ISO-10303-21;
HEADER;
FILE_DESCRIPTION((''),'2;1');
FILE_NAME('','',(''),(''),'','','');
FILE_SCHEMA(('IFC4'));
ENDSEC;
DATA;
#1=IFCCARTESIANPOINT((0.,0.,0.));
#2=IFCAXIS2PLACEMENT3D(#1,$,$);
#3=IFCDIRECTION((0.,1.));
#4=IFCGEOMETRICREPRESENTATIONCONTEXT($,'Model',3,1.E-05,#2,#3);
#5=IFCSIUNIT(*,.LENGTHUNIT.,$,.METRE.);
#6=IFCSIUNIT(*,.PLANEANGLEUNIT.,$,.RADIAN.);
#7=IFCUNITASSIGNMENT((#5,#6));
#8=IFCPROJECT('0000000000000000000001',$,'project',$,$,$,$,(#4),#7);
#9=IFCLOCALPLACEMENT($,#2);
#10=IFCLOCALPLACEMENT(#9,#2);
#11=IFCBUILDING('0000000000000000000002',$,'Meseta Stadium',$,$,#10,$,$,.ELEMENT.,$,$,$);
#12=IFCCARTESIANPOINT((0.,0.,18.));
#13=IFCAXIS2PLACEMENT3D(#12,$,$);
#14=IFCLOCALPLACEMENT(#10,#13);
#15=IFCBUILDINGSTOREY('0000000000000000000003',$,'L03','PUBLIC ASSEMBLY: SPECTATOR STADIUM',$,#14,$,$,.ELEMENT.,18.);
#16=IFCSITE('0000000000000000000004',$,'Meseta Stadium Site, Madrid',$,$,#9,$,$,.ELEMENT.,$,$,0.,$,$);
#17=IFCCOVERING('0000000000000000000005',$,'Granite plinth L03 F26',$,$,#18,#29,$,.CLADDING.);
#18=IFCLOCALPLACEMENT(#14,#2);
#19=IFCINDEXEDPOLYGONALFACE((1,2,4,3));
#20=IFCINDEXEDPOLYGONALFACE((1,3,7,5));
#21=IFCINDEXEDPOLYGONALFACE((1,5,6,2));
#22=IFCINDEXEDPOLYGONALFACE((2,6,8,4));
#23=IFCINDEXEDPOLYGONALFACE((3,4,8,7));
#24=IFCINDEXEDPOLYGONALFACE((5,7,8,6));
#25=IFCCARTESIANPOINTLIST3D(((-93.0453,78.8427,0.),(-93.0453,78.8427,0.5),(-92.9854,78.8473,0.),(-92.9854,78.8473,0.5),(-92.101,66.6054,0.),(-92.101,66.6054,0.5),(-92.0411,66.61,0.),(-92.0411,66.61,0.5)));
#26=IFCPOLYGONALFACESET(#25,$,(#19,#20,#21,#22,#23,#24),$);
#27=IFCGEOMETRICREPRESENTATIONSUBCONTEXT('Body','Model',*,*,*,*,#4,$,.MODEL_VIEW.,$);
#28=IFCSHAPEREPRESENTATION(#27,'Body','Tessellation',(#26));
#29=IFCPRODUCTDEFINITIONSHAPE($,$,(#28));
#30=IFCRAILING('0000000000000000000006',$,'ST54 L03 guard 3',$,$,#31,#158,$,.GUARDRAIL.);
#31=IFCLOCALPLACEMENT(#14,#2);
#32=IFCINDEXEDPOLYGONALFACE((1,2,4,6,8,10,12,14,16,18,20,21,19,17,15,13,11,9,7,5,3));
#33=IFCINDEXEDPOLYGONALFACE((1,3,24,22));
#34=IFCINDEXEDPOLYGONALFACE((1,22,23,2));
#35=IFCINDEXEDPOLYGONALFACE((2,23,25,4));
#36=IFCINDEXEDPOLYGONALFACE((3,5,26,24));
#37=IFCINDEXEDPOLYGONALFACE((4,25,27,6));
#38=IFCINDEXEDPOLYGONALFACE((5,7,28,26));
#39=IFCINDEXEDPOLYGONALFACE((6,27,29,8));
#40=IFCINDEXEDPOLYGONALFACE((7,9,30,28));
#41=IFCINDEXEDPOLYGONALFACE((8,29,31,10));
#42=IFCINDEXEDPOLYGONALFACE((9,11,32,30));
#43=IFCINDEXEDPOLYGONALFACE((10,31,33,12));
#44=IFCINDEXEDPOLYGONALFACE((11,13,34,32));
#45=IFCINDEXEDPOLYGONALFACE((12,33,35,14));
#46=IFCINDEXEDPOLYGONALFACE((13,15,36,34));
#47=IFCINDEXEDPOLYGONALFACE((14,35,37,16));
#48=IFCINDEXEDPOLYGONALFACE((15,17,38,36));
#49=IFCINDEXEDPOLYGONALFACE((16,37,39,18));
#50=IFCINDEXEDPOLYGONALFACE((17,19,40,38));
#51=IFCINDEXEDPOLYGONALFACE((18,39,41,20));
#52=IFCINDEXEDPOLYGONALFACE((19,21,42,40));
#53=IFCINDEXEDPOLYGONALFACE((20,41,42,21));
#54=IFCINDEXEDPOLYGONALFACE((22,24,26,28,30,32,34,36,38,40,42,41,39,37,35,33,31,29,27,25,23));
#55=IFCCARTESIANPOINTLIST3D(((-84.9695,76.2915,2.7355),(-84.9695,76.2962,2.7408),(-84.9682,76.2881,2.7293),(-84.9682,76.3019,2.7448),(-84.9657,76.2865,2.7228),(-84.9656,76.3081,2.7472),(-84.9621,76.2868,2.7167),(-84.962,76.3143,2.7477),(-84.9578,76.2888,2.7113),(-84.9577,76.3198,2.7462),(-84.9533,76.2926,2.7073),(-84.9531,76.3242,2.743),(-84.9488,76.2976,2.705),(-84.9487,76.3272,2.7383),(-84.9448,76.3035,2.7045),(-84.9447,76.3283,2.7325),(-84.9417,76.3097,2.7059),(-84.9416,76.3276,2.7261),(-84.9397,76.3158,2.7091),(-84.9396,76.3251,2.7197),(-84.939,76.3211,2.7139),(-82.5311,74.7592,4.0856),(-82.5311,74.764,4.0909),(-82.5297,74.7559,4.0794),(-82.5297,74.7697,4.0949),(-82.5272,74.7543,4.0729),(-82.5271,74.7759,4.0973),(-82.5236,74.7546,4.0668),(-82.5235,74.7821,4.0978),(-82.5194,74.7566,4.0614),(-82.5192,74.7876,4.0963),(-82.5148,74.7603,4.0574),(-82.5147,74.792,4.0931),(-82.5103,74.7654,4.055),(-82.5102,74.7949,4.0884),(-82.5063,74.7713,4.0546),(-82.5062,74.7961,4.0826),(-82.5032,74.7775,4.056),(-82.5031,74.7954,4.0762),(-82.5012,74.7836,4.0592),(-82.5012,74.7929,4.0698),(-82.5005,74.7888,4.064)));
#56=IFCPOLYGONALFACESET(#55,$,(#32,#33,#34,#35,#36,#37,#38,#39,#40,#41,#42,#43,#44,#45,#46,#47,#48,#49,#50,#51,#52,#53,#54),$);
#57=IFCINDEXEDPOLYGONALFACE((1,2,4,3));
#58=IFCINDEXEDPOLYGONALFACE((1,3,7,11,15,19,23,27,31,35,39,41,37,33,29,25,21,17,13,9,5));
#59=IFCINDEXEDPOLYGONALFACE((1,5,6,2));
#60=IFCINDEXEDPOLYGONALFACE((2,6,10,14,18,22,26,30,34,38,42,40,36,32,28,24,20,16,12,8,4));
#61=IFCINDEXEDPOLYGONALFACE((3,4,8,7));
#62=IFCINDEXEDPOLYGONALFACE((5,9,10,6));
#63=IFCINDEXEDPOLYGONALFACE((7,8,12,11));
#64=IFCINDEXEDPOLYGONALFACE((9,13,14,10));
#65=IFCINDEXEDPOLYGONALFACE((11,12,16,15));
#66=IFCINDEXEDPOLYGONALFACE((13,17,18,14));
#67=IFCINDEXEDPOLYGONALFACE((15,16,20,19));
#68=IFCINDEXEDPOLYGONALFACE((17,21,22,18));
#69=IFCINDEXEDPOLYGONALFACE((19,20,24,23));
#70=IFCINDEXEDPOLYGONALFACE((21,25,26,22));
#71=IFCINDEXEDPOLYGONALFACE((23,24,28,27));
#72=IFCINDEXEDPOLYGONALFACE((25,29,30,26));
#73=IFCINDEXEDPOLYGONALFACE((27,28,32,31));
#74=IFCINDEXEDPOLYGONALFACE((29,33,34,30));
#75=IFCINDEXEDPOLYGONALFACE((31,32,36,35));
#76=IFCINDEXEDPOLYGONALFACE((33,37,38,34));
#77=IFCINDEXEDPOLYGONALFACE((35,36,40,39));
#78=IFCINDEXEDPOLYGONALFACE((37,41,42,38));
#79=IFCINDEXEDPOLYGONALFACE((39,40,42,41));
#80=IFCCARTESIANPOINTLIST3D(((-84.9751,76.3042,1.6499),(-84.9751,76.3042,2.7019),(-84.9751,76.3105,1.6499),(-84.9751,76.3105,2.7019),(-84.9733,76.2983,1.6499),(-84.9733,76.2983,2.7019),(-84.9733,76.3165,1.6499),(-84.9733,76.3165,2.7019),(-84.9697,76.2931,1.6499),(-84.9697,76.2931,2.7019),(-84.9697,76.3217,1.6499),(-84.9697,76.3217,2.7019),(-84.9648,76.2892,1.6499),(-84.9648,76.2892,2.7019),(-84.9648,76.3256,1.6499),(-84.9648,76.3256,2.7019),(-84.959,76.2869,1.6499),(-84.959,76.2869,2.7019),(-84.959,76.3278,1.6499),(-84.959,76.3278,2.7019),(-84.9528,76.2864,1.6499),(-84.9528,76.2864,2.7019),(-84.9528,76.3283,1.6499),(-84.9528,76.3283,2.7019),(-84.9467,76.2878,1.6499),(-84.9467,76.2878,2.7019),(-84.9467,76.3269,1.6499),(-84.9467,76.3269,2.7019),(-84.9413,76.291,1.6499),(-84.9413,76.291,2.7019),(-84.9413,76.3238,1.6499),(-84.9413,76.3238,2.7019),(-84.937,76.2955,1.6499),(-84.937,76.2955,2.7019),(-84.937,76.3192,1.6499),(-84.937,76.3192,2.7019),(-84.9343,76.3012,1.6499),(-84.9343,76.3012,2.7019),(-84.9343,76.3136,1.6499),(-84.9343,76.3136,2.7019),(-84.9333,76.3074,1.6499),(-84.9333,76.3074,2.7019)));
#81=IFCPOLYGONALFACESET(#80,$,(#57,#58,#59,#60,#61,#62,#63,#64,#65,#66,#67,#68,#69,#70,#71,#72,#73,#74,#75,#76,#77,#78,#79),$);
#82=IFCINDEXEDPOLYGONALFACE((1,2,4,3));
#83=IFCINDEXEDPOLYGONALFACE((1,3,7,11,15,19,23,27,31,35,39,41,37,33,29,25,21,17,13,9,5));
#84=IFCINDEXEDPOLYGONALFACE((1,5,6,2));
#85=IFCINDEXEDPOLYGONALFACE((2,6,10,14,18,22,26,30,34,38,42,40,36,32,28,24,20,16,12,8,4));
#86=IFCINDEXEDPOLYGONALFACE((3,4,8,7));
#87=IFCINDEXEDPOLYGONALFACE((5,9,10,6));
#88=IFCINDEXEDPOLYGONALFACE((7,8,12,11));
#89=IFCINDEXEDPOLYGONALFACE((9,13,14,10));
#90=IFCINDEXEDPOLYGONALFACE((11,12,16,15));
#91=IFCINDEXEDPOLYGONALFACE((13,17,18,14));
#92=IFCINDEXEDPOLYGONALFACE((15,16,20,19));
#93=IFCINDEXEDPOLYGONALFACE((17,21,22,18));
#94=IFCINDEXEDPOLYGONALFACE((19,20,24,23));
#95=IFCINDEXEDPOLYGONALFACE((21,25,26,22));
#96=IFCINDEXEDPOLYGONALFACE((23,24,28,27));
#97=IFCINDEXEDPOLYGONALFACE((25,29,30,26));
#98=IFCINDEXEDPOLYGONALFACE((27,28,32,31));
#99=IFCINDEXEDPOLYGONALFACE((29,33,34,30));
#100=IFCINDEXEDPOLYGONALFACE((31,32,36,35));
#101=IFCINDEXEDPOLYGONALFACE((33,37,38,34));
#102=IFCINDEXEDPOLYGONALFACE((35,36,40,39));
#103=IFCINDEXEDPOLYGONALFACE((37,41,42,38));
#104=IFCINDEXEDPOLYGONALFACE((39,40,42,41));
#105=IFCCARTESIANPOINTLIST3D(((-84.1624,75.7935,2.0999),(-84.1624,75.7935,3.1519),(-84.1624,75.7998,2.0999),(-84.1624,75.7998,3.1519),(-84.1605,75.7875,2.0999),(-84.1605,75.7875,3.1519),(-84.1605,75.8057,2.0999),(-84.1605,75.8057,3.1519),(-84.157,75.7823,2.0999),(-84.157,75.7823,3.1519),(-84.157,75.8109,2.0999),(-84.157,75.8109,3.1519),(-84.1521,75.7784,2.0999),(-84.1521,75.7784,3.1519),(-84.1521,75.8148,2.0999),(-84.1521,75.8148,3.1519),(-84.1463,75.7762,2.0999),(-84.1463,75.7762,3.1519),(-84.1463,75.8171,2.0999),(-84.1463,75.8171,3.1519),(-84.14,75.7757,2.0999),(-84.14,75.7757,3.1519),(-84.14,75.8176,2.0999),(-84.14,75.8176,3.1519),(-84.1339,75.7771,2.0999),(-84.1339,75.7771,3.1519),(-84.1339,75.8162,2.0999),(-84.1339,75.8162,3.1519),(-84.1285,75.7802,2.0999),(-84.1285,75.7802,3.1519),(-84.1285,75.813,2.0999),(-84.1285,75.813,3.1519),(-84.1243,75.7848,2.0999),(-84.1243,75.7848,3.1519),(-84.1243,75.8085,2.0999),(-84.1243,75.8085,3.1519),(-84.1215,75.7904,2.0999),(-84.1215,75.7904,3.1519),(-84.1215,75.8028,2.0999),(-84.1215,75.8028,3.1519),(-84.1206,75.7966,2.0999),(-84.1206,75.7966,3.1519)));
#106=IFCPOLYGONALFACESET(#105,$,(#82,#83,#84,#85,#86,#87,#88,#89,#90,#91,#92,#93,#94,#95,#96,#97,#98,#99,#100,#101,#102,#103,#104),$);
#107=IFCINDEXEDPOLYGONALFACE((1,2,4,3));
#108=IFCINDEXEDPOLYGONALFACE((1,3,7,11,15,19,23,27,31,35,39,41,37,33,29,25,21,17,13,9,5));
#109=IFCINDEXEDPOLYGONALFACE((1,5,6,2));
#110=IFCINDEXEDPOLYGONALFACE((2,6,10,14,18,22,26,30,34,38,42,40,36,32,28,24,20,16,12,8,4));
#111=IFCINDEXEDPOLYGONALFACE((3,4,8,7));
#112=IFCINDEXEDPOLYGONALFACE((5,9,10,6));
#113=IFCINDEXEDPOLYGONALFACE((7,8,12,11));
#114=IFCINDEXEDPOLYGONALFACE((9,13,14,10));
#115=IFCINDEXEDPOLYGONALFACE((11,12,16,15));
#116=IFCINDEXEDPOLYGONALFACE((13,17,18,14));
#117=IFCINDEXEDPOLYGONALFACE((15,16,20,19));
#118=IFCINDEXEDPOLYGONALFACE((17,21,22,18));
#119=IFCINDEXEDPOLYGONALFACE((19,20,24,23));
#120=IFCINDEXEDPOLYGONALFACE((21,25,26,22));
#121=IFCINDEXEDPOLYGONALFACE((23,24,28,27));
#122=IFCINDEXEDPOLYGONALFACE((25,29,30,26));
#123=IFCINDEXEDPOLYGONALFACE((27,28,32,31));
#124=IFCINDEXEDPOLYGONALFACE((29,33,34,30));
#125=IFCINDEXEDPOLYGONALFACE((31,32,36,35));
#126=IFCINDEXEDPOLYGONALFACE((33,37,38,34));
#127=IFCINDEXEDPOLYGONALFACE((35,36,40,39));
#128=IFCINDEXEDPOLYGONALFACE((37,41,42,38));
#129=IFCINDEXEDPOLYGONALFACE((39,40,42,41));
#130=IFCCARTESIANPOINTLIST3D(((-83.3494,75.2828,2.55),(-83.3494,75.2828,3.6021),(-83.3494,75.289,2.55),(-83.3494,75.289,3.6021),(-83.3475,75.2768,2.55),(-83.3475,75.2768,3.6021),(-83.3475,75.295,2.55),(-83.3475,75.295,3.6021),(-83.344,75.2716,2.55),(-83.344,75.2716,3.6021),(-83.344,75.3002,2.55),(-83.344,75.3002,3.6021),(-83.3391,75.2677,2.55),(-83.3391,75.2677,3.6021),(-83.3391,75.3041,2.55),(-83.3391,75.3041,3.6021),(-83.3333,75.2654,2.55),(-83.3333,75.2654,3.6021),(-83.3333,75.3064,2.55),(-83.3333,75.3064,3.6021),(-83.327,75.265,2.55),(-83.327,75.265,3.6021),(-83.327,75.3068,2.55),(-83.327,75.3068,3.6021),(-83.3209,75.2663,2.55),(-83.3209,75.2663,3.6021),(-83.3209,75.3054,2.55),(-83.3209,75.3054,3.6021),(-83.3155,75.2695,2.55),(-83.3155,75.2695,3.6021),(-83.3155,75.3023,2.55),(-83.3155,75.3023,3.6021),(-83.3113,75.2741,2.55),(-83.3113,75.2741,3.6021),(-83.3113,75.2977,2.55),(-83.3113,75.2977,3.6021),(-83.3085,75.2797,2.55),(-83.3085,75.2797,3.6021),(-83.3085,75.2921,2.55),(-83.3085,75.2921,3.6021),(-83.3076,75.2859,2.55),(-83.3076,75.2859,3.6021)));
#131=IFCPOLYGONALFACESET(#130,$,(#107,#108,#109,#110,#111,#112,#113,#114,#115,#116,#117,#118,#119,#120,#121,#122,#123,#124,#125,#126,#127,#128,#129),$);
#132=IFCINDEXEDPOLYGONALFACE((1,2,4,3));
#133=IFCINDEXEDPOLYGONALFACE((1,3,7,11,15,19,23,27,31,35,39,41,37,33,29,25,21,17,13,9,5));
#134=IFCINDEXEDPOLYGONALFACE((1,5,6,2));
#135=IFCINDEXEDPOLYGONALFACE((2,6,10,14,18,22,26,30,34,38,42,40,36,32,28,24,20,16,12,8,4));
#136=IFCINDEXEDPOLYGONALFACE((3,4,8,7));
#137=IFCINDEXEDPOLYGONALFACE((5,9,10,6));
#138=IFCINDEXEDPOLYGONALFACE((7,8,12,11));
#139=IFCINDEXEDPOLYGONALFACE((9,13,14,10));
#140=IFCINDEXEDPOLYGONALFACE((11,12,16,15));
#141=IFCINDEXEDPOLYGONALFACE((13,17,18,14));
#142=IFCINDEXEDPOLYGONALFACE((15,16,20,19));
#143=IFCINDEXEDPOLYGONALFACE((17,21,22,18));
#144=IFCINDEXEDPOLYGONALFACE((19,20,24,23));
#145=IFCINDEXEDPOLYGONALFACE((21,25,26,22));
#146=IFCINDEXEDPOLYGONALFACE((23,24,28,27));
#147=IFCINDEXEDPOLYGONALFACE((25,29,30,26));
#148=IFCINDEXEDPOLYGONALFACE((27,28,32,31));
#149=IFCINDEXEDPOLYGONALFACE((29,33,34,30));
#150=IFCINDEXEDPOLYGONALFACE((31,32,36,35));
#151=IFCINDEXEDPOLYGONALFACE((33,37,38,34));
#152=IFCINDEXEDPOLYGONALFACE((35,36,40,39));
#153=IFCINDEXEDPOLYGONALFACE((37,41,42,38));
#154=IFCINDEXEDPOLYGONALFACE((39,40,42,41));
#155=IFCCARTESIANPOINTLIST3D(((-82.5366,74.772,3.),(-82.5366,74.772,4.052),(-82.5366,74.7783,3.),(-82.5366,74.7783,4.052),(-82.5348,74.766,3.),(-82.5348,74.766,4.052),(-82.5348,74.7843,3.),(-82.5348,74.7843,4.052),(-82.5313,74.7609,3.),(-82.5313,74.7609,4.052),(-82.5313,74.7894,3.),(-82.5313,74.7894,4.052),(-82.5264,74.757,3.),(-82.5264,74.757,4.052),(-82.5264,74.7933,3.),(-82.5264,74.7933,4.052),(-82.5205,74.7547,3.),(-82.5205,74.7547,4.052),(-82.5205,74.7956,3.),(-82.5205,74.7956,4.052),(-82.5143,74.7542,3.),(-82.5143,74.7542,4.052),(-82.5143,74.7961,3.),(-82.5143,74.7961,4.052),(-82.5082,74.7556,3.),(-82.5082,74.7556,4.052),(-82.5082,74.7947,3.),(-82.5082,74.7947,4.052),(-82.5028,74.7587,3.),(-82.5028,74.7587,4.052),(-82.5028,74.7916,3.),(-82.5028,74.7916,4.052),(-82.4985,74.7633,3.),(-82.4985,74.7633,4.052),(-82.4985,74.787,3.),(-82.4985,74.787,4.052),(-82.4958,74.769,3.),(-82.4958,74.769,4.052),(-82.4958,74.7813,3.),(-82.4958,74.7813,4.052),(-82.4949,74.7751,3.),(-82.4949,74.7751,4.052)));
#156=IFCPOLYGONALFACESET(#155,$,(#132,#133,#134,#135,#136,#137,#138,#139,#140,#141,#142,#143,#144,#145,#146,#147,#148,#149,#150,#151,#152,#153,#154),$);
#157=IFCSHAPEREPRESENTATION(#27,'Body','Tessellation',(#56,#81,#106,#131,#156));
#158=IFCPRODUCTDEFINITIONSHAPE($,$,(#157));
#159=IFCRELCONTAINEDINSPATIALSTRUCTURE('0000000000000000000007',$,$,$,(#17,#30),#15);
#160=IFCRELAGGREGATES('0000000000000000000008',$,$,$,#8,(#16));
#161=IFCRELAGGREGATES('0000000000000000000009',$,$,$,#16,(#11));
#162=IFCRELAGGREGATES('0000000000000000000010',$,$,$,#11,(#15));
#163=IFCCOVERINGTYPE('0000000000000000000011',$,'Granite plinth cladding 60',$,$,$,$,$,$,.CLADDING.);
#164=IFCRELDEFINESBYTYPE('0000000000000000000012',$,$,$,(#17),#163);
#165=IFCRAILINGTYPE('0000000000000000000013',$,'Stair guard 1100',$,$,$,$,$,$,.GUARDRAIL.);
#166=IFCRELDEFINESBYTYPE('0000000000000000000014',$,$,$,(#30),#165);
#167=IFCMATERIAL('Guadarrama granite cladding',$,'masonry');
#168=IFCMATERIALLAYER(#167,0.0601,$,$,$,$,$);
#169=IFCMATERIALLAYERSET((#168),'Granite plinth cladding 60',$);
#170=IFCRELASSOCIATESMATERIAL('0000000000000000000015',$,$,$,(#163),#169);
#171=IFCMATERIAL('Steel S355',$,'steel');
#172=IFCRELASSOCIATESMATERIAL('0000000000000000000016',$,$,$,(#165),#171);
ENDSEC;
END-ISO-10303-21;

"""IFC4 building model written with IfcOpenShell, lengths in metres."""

from ifc_helpers import new_model, si_unit, direction, frame, origin, origin_2d, place, context, subcontext, project, spatial, rectangle, circle, extrude, material, layer, layer_set, type_object, element, save


model = new_model("IFC4")

# Units and contexts
model_context = context("Model", 3, precision=1e-05, world=origin(), true_north=direction((0.0, 1.0)))
body_context = subcontext(model_context, "Body", "Model", "MODEL_VIEW")
ifc_project = project(units=[si_unit("LENGTHUNIT", "METRE"), si_unit("PLANEANGLEUNIT", "RADIAN")], contexts=[model_context])

# Site, building, storey
site_placement = place(None, origin())
site = spatial("IfcSite", under=ifc_project, at=site_placement, Name="Meseta Stadium Site, Madrid", CompositionType="ELEMENT", RefElevation=0.0)
building_placement = place(site_placement, origin())
building = spatial("IfcBuilding", under=site, at=building_placement, Name="Meseta Stadium", CompositionType="ELEMENT")
storey_placement = place(building_placement, frame((0.0, 0.0, 18.0)))
storey = spatial("IfcBuildingStorey", under=building, at=storey_placement, Name="L03", Description="PUBLIC ASSEMBLY: SPECTATOR STADIUM", CompositionType="ELEMENT", Elevation=18.0)

# Covering
ifc_material_1 = material(Name="Guadarrama granite cladding", Category="masonry")
ifc_layer_1 = layer(ifc_material_1, 0.0601)
ifc_layer_set_1 = layer_set([ifc_layer_1], Name="Granite plinth cladding 60")
covering_type_1 = type_object("IfcCoveringType", Name="Granite plinth cladding 60", PredefinedType="CLADDING", material=ifc_layer_set_1)
covering_1_placement = place(storey_placement, frame((-92.5432, 72.7263, 0.0), z_axis=(0.0, 0.0, 1.0), x_axis=(-0.076937, 0.997036, 0.0)))
element("IfcCovering", 1, at=covering_1_placement, inside=storey, type_object=covering_type_1, Name="Granite plinth L03 F26", PredefinedType="CLADDING", context=body_context, shape_type="SweptSolid", body=[
    extrude(rectangle(XDim=12.2737, YDim=0.0601, at=origin_2d()), origin(), (0.0, 0.0, 1.0), 0.5),
])

# Railing
ifc_material_2 = material(Name="Steel S355", Category="steel")
railing_type_1 = type_object("IfcRailingType", Name="Stair guard 1100", PredefinedType="GUARDRAIL", material=ifc_material_2)
for number, where, name in (
    (2, (-84.9543, 76.3074, 1.6499), "ST54 L03 guard 3"),
):
    element("IfcRailing", number, at=place(storey_placement, frame(where)), inside=storey, type_object=railing_type_1, Name=name, PredefinedType="GUARDRAIL", context=body_context, shape_type="SweptSolid", body=[
        extrude(circle(Radius=0.0239, at=origin_2d()), frame((0.0, 0.0, 1.0762), z_axis=(0.766655, -0.481731, 0.42447), x_axis=(0.53204, 0.846719, 0.0)), (0.0, 0.0, 1.0), 3.1807),
        extrude(circle(Radius=0.021, at=origin_2d()), origin(), (0.0, 0.0, 1.0), 1.052),
        extrude(circle(Radius=0.021, at=origin_2d()), frame((0.8127, -0.5107, 0.45)), (0.0, 0.0, 1.0), 1.052),
        extrude(circle(Radius=0.021, at=origin_2d()), frame((1.6257, -1.0215, 0.9001)), (0.0, 0.0, 1.0), 1.052),
        extrude(circle(Radius=0.021, at=origin_2d()), frame((2.4385, -1.5322, 1.3501)), (0.0, 0.0, 1.0), 1.052),
    ])

save(model, "model.ifc")
